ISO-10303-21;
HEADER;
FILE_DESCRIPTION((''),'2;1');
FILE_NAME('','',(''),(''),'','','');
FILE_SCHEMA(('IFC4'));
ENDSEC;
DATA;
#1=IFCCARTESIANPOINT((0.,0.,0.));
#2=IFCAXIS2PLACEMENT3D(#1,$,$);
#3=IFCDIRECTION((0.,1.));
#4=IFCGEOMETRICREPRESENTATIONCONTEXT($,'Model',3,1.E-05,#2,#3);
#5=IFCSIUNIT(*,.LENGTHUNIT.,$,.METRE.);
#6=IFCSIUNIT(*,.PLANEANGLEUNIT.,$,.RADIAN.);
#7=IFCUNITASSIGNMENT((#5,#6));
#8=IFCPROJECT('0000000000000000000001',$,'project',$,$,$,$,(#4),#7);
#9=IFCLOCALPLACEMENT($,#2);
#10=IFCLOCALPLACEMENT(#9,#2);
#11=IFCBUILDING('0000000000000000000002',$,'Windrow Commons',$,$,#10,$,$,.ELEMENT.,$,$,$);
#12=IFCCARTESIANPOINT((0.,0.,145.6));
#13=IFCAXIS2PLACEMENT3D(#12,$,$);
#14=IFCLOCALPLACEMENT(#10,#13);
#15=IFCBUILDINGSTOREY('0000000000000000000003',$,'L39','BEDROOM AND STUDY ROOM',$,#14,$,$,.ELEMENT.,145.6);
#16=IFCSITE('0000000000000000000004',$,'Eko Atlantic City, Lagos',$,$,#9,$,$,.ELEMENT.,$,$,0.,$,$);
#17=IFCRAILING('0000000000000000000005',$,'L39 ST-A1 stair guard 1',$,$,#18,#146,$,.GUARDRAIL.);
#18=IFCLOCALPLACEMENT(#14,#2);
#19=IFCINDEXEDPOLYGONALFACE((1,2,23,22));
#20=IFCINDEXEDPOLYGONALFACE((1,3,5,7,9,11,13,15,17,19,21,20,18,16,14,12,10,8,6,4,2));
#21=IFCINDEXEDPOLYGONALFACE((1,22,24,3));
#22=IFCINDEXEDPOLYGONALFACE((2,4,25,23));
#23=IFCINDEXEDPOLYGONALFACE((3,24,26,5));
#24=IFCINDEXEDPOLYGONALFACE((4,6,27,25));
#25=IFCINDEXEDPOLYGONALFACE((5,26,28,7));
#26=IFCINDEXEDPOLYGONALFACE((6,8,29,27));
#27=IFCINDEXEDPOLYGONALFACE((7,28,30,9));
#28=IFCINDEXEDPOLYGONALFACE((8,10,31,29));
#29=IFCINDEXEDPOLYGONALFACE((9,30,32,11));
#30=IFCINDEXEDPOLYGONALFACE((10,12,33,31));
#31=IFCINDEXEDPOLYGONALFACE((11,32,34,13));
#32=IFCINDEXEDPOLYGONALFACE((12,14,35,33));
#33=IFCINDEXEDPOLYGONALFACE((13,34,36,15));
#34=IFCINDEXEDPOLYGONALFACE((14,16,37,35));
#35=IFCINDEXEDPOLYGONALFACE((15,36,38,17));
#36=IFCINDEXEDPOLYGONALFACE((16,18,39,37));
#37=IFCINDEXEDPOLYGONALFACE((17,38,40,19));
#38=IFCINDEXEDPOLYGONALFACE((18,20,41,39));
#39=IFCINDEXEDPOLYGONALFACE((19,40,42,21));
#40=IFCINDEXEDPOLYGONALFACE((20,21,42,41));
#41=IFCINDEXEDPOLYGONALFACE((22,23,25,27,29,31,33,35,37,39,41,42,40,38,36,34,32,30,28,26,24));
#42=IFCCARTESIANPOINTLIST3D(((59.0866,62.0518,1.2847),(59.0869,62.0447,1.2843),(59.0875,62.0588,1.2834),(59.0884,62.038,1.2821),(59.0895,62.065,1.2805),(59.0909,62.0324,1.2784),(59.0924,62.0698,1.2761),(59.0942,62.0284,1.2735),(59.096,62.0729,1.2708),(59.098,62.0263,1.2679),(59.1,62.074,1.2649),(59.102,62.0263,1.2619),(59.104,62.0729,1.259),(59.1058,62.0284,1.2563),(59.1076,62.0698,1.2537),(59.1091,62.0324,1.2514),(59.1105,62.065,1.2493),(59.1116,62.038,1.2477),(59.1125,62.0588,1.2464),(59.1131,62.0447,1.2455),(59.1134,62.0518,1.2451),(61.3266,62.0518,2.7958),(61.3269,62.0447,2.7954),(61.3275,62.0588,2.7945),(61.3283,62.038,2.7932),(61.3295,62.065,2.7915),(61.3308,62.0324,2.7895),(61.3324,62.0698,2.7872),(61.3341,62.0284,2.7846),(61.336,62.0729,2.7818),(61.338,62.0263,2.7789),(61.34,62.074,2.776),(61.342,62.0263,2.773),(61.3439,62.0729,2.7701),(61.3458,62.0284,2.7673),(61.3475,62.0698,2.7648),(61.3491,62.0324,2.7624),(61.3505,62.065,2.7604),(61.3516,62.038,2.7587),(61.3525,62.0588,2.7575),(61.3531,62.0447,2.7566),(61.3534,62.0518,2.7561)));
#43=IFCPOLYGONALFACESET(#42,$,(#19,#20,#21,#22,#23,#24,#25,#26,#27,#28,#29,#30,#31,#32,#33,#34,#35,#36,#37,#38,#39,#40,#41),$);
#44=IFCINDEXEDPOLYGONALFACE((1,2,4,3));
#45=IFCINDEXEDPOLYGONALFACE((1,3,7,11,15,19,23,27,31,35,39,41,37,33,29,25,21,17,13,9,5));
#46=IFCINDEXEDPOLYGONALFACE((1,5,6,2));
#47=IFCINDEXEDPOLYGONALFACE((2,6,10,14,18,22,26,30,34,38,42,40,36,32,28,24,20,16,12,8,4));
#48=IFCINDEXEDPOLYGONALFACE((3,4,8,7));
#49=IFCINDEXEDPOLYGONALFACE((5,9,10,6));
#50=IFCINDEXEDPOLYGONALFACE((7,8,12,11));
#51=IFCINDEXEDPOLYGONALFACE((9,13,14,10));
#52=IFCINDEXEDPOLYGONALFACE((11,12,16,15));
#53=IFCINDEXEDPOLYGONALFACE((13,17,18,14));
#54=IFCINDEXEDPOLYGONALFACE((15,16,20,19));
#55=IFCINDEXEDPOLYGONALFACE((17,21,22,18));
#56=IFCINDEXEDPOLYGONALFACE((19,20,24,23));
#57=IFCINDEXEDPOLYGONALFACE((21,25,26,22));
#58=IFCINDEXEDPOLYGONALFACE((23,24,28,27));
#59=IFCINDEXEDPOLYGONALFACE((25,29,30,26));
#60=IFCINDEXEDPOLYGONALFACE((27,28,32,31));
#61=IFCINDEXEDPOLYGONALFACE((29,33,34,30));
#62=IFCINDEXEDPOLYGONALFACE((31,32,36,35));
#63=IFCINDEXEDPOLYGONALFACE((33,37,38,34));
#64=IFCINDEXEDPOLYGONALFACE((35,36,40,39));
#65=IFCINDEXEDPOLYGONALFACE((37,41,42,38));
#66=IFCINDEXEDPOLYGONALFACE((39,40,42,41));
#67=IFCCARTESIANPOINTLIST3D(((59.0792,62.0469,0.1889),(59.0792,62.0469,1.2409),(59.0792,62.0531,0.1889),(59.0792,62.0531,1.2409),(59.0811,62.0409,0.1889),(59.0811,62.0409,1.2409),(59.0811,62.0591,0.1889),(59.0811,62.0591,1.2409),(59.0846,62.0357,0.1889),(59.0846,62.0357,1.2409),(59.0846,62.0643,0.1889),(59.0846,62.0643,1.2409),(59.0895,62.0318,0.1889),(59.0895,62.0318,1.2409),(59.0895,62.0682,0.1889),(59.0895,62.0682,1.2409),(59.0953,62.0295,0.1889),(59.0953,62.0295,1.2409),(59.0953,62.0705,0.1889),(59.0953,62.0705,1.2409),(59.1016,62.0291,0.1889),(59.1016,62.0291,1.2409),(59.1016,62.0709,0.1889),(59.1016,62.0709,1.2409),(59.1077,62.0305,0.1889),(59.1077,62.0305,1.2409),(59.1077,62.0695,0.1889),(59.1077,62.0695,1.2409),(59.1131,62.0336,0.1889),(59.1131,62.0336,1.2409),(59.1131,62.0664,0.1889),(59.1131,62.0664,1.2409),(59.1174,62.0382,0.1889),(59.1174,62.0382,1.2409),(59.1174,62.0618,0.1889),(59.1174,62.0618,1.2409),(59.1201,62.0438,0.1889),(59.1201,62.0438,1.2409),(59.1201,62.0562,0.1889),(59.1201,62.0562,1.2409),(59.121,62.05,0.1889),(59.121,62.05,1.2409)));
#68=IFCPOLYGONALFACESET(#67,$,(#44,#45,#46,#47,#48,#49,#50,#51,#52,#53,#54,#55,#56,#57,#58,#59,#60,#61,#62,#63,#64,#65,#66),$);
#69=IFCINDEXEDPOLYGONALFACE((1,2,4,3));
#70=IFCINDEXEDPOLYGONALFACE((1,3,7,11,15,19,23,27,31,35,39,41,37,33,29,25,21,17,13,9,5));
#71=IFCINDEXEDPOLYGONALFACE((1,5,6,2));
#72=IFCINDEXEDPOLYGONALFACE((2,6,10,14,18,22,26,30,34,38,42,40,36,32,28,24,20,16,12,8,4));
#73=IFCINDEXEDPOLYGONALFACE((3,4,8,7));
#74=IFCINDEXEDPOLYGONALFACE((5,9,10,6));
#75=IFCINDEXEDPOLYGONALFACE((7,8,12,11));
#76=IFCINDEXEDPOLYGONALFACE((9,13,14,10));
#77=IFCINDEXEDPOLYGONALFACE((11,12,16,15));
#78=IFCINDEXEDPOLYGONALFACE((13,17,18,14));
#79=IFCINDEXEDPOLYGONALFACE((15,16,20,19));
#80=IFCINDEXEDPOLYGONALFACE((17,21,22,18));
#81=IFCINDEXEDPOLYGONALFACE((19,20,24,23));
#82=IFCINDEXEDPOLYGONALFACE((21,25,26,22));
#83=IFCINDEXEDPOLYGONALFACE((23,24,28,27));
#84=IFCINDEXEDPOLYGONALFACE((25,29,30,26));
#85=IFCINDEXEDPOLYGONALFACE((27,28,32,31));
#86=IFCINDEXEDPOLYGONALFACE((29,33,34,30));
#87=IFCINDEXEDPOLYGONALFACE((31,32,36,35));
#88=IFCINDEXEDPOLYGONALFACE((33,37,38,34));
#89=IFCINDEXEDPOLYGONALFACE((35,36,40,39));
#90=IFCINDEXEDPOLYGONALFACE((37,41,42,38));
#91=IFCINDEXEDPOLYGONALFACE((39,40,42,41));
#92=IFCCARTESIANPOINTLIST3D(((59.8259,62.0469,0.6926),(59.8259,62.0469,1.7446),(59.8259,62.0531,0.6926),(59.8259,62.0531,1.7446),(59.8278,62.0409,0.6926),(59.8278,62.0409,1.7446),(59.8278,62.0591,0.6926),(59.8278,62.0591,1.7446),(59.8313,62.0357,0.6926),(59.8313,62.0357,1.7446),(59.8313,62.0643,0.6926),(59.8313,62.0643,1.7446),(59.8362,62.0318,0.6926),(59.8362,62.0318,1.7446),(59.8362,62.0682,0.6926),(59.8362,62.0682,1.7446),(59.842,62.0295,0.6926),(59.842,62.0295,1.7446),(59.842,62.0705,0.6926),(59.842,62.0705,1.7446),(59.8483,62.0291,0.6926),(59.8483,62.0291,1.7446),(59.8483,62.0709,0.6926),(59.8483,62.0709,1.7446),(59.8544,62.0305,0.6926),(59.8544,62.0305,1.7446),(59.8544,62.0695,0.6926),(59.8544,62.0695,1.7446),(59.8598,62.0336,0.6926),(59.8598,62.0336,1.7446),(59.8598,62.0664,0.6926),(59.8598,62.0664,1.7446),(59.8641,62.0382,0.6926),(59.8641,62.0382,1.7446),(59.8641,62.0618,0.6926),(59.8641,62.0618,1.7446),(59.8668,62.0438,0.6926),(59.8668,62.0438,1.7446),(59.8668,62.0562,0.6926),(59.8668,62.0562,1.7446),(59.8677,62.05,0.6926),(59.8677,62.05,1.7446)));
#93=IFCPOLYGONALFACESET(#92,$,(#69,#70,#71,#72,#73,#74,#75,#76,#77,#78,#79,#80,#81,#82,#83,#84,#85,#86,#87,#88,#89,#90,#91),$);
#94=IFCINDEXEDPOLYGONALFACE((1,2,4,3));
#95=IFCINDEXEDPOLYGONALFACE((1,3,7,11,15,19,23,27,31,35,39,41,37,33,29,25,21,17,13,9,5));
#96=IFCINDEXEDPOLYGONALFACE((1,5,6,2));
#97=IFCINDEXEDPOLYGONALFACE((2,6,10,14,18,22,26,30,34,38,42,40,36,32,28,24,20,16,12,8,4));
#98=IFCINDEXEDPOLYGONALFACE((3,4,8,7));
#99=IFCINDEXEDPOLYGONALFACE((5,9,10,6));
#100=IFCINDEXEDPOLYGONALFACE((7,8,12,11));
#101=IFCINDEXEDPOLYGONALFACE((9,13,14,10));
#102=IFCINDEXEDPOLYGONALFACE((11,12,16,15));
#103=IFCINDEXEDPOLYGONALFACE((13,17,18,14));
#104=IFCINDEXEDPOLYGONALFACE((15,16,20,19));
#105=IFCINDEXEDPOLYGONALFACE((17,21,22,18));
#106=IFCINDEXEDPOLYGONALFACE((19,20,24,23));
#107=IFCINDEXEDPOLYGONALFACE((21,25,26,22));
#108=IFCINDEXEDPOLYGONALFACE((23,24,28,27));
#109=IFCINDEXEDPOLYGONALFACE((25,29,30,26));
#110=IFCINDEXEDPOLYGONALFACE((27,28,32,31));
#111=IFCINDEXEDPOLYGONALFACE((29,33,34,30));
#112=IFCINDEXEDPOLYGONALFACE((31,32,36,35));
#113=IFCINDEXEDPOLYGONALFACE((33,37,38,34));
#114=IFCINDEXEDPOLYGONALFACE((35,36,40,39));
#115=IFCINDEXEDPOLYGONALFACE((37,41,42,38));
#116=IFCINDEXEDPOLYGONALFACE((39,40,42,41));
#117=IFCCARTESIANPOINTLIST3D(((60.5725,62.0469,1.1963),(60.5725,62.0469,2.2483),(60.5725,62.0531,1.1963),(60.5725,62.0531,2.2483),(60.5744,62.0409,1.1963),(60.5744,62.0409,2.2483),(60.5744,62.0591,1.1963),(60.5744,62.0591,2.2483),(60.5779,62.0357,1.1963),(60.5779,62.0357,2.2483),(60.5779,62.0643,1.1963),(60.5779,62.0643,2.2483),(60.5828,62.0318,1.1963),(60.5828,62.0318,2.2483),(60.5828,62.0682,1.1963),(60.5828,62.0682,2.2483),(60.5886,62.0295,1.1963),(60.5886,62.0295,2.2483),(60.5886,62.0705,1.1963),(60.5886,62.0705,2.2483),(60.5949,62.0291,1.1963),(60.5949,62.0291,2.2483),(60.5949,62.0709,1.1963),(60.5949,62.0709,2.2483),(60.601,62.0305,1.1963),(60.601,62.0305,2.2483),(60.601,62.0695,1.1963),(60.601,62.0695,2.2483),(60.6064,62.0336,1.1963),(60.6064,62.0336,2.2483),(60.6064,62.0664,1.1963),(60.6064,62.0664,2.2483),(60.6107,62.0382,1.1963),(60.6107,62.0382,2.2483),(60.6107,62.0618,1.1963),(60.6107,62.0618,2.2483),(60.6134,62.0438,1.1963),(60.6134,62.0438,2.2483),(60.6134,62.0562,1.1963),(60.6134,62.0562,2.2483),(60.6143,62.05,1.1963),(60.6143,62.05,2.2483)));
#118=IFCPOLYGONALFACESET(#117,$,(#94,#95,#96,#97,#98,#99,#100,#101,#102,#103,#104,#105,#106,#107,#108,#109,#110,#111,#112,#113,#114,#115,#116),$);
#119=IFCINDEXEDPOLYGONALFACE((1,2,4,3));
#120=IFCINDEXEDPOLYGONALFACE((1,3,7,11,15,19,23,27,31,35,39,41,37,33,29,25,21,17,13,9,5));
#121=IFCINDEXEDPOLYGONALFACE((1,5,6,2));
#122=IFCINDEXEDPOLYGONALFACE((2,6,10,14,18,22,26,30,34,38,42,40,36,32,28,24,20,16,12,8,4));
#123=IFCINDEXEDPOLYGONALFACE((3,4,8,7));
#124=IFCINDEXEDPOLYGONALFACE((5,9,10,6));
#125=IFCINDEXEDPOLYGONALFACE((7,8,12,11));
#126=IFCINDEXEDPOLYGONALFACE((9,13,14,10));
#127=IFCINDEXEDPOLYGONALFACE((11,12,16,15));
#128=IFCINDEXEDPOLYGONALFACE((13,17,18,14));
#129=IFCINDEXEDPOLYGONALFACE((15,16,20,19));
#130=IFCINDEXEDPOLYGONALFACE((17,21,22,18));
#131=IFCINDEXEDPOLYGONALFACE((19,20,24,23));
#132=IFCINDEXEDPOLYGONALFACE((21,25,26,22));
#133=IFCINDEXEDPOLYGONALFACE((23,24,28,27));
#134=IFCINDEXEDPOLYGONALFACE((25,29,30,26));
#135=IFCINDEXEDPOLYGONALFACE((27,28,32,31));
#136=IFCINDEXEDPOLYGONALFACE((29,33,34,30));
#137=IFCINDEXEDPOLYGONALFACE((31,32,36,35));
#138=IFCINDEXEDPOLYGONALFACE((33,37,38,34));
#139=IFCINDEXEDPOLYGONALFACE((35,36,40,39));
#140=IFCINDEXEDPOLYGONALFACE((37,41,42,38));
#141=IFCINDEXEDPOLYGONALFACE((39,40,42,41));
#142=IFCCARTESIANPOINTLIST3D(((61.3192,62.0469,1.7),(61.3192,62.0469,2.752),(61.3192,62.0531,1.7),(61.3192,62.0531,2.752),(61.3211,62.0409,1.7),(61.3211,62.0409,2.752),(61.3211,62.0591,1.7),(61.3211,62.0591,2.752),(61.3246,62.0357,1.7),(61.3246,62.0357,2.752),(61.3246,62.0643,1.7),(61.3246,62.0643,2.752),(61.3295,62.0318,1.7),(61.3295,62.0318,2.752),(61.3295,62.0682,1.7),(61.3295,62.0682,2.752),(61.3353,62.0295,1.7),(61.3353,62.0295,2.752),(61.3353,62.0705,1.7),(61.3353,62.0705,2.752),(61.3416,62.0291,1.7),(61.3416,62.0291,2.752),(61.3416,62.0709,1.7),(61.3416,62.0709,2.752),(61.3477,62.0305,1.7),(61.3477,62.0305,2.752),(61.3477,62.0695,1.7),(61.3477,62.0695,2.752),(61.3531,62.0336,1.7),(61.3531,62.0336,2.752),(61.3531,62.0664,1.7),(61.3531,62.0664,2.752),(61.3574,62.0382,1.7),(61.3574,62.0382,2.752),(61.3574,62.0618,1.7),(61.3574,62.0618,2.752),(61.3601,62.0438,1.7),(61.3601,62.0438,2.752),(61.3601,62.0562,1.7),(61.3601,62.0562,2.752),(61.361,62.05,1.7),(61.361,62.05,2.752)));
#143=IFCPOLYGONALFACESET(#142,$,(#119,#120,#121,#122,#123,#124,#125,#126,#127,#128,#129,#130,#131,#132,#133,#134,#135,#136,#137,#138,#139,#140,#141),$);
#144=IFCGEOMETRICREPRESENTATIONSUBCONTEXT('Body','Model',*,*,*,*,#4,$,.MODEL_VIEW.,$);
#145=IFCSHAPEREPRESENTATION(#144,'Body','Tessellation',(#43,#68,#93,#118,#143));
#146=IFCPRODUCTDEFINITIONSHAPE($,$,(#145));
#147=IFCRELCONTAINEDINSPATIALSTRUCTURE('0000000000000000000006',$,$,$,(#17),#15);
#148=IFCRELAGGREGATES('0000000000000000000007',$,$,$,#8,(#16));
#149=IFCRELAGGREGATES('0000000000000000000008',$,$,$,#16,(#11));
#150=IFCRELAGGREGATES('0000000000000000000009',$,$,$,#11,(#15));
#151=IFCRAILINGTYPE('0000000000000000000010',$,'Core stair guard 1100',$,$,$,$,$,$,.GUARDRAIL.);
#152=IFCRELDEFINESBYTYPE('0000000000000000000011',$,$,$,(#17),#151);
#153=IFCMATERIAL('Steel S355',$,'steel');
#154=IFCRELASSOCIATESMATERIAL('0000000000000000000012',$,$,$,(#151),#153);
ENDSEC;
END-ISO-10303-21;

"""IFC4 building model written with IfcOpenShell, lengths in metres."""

from ifc_helpers import new_model, si_unit, direction, frame, origin, origin_2d, place, context, subcontext, project, spatial, circle, extrude, material, type_object, element, save


model = new_model("IFC4")

# Units and contexts
model_context = context("Model", 3, precision=1e-05, world=origin(), true_north=direction((0.0, 1.0)))
body_context = subcontext(model_context, "Body", "Model", "MODEL_VIEW")
ifc_project = project(units=[si_unit("LENGTHUNIT", "METRE"), si_unit("PLANEANGLEUNIT", "RADIAN")], contexts=[model_context])

# Site, building, storey
site_placement = place(None, origin())
site = spatial("IfcSite", under=ifc_project, at=site_placement, Name="Eko Atlantic City, Lagos", CompositionType="ELEMENT", RefElevation=0.0)
building_placement = place(site_placement, origin())
building = spatial("IfcBuilding", under=site, at=building_placement, Name="Windrow Commons", CompositionType="ELEMENT")
storey_placement = place(building_placement, frame((0.0, 0.0, 145.6)))
storey = spatial("IfcBuildingStorey", under=building, at=storey_placement, Name="L39", Description="BEDROOM AND STUDY ROOM", CompositionType="ELEMENT", Elevation=145.6)

# Railing
ifc_material_1 = material(Name="Steel S355", Category="steel")
railing_type_1 = type_object("IfcRailingType", Name="Core stair guard 1100", PredefinedType="GUARDRAIL", material=ifc_material_1)
railing_1_placement = place(storey_placement, frame((59.1, 62.05, 0.1889)))
element("IfcRailing", 1, at=railing_1_placement, inside=storey, type_object=railing_type_1, Name="L39 ST-A1 stair guard 1", PredefinedType="GUARDRAIL", context=body_context, shape_type="SweptSolid", body=[
    extrude(circle(Radius=0.024, at=origin_2d()), frame((0.0, 0.0, 1.076), z_axis=(0.829003, 0.0, 0.559244), x_axis=(0.0, 1.0, 0.0)), (0.0, 0.0, 1.0), 2.702),
    extrude(circle(Radius=0.021, at=origin_2d()), origin(), (0.0, 0.0, 1.0), 1.052),
    extrude(circle(Radius=0.021, at=origin_2d()), frame((0.7467, 0.0, 0.5037)), (0.0, 0.0, 1.0), 1.052),
    extrude(circle(Radius=0.021, at=origin_2d()), frame((1.4933, 0.0, 1.0074)), (0.0, 0.0, 1.0), 1.052),
    extrude(circle(Radius=0.021, at=origin_2d()), frame((2.24, 0.0, 1.5111)), (0.0, 0.0, 1.0), 1.052),
])

save(model, "model.ifc")
